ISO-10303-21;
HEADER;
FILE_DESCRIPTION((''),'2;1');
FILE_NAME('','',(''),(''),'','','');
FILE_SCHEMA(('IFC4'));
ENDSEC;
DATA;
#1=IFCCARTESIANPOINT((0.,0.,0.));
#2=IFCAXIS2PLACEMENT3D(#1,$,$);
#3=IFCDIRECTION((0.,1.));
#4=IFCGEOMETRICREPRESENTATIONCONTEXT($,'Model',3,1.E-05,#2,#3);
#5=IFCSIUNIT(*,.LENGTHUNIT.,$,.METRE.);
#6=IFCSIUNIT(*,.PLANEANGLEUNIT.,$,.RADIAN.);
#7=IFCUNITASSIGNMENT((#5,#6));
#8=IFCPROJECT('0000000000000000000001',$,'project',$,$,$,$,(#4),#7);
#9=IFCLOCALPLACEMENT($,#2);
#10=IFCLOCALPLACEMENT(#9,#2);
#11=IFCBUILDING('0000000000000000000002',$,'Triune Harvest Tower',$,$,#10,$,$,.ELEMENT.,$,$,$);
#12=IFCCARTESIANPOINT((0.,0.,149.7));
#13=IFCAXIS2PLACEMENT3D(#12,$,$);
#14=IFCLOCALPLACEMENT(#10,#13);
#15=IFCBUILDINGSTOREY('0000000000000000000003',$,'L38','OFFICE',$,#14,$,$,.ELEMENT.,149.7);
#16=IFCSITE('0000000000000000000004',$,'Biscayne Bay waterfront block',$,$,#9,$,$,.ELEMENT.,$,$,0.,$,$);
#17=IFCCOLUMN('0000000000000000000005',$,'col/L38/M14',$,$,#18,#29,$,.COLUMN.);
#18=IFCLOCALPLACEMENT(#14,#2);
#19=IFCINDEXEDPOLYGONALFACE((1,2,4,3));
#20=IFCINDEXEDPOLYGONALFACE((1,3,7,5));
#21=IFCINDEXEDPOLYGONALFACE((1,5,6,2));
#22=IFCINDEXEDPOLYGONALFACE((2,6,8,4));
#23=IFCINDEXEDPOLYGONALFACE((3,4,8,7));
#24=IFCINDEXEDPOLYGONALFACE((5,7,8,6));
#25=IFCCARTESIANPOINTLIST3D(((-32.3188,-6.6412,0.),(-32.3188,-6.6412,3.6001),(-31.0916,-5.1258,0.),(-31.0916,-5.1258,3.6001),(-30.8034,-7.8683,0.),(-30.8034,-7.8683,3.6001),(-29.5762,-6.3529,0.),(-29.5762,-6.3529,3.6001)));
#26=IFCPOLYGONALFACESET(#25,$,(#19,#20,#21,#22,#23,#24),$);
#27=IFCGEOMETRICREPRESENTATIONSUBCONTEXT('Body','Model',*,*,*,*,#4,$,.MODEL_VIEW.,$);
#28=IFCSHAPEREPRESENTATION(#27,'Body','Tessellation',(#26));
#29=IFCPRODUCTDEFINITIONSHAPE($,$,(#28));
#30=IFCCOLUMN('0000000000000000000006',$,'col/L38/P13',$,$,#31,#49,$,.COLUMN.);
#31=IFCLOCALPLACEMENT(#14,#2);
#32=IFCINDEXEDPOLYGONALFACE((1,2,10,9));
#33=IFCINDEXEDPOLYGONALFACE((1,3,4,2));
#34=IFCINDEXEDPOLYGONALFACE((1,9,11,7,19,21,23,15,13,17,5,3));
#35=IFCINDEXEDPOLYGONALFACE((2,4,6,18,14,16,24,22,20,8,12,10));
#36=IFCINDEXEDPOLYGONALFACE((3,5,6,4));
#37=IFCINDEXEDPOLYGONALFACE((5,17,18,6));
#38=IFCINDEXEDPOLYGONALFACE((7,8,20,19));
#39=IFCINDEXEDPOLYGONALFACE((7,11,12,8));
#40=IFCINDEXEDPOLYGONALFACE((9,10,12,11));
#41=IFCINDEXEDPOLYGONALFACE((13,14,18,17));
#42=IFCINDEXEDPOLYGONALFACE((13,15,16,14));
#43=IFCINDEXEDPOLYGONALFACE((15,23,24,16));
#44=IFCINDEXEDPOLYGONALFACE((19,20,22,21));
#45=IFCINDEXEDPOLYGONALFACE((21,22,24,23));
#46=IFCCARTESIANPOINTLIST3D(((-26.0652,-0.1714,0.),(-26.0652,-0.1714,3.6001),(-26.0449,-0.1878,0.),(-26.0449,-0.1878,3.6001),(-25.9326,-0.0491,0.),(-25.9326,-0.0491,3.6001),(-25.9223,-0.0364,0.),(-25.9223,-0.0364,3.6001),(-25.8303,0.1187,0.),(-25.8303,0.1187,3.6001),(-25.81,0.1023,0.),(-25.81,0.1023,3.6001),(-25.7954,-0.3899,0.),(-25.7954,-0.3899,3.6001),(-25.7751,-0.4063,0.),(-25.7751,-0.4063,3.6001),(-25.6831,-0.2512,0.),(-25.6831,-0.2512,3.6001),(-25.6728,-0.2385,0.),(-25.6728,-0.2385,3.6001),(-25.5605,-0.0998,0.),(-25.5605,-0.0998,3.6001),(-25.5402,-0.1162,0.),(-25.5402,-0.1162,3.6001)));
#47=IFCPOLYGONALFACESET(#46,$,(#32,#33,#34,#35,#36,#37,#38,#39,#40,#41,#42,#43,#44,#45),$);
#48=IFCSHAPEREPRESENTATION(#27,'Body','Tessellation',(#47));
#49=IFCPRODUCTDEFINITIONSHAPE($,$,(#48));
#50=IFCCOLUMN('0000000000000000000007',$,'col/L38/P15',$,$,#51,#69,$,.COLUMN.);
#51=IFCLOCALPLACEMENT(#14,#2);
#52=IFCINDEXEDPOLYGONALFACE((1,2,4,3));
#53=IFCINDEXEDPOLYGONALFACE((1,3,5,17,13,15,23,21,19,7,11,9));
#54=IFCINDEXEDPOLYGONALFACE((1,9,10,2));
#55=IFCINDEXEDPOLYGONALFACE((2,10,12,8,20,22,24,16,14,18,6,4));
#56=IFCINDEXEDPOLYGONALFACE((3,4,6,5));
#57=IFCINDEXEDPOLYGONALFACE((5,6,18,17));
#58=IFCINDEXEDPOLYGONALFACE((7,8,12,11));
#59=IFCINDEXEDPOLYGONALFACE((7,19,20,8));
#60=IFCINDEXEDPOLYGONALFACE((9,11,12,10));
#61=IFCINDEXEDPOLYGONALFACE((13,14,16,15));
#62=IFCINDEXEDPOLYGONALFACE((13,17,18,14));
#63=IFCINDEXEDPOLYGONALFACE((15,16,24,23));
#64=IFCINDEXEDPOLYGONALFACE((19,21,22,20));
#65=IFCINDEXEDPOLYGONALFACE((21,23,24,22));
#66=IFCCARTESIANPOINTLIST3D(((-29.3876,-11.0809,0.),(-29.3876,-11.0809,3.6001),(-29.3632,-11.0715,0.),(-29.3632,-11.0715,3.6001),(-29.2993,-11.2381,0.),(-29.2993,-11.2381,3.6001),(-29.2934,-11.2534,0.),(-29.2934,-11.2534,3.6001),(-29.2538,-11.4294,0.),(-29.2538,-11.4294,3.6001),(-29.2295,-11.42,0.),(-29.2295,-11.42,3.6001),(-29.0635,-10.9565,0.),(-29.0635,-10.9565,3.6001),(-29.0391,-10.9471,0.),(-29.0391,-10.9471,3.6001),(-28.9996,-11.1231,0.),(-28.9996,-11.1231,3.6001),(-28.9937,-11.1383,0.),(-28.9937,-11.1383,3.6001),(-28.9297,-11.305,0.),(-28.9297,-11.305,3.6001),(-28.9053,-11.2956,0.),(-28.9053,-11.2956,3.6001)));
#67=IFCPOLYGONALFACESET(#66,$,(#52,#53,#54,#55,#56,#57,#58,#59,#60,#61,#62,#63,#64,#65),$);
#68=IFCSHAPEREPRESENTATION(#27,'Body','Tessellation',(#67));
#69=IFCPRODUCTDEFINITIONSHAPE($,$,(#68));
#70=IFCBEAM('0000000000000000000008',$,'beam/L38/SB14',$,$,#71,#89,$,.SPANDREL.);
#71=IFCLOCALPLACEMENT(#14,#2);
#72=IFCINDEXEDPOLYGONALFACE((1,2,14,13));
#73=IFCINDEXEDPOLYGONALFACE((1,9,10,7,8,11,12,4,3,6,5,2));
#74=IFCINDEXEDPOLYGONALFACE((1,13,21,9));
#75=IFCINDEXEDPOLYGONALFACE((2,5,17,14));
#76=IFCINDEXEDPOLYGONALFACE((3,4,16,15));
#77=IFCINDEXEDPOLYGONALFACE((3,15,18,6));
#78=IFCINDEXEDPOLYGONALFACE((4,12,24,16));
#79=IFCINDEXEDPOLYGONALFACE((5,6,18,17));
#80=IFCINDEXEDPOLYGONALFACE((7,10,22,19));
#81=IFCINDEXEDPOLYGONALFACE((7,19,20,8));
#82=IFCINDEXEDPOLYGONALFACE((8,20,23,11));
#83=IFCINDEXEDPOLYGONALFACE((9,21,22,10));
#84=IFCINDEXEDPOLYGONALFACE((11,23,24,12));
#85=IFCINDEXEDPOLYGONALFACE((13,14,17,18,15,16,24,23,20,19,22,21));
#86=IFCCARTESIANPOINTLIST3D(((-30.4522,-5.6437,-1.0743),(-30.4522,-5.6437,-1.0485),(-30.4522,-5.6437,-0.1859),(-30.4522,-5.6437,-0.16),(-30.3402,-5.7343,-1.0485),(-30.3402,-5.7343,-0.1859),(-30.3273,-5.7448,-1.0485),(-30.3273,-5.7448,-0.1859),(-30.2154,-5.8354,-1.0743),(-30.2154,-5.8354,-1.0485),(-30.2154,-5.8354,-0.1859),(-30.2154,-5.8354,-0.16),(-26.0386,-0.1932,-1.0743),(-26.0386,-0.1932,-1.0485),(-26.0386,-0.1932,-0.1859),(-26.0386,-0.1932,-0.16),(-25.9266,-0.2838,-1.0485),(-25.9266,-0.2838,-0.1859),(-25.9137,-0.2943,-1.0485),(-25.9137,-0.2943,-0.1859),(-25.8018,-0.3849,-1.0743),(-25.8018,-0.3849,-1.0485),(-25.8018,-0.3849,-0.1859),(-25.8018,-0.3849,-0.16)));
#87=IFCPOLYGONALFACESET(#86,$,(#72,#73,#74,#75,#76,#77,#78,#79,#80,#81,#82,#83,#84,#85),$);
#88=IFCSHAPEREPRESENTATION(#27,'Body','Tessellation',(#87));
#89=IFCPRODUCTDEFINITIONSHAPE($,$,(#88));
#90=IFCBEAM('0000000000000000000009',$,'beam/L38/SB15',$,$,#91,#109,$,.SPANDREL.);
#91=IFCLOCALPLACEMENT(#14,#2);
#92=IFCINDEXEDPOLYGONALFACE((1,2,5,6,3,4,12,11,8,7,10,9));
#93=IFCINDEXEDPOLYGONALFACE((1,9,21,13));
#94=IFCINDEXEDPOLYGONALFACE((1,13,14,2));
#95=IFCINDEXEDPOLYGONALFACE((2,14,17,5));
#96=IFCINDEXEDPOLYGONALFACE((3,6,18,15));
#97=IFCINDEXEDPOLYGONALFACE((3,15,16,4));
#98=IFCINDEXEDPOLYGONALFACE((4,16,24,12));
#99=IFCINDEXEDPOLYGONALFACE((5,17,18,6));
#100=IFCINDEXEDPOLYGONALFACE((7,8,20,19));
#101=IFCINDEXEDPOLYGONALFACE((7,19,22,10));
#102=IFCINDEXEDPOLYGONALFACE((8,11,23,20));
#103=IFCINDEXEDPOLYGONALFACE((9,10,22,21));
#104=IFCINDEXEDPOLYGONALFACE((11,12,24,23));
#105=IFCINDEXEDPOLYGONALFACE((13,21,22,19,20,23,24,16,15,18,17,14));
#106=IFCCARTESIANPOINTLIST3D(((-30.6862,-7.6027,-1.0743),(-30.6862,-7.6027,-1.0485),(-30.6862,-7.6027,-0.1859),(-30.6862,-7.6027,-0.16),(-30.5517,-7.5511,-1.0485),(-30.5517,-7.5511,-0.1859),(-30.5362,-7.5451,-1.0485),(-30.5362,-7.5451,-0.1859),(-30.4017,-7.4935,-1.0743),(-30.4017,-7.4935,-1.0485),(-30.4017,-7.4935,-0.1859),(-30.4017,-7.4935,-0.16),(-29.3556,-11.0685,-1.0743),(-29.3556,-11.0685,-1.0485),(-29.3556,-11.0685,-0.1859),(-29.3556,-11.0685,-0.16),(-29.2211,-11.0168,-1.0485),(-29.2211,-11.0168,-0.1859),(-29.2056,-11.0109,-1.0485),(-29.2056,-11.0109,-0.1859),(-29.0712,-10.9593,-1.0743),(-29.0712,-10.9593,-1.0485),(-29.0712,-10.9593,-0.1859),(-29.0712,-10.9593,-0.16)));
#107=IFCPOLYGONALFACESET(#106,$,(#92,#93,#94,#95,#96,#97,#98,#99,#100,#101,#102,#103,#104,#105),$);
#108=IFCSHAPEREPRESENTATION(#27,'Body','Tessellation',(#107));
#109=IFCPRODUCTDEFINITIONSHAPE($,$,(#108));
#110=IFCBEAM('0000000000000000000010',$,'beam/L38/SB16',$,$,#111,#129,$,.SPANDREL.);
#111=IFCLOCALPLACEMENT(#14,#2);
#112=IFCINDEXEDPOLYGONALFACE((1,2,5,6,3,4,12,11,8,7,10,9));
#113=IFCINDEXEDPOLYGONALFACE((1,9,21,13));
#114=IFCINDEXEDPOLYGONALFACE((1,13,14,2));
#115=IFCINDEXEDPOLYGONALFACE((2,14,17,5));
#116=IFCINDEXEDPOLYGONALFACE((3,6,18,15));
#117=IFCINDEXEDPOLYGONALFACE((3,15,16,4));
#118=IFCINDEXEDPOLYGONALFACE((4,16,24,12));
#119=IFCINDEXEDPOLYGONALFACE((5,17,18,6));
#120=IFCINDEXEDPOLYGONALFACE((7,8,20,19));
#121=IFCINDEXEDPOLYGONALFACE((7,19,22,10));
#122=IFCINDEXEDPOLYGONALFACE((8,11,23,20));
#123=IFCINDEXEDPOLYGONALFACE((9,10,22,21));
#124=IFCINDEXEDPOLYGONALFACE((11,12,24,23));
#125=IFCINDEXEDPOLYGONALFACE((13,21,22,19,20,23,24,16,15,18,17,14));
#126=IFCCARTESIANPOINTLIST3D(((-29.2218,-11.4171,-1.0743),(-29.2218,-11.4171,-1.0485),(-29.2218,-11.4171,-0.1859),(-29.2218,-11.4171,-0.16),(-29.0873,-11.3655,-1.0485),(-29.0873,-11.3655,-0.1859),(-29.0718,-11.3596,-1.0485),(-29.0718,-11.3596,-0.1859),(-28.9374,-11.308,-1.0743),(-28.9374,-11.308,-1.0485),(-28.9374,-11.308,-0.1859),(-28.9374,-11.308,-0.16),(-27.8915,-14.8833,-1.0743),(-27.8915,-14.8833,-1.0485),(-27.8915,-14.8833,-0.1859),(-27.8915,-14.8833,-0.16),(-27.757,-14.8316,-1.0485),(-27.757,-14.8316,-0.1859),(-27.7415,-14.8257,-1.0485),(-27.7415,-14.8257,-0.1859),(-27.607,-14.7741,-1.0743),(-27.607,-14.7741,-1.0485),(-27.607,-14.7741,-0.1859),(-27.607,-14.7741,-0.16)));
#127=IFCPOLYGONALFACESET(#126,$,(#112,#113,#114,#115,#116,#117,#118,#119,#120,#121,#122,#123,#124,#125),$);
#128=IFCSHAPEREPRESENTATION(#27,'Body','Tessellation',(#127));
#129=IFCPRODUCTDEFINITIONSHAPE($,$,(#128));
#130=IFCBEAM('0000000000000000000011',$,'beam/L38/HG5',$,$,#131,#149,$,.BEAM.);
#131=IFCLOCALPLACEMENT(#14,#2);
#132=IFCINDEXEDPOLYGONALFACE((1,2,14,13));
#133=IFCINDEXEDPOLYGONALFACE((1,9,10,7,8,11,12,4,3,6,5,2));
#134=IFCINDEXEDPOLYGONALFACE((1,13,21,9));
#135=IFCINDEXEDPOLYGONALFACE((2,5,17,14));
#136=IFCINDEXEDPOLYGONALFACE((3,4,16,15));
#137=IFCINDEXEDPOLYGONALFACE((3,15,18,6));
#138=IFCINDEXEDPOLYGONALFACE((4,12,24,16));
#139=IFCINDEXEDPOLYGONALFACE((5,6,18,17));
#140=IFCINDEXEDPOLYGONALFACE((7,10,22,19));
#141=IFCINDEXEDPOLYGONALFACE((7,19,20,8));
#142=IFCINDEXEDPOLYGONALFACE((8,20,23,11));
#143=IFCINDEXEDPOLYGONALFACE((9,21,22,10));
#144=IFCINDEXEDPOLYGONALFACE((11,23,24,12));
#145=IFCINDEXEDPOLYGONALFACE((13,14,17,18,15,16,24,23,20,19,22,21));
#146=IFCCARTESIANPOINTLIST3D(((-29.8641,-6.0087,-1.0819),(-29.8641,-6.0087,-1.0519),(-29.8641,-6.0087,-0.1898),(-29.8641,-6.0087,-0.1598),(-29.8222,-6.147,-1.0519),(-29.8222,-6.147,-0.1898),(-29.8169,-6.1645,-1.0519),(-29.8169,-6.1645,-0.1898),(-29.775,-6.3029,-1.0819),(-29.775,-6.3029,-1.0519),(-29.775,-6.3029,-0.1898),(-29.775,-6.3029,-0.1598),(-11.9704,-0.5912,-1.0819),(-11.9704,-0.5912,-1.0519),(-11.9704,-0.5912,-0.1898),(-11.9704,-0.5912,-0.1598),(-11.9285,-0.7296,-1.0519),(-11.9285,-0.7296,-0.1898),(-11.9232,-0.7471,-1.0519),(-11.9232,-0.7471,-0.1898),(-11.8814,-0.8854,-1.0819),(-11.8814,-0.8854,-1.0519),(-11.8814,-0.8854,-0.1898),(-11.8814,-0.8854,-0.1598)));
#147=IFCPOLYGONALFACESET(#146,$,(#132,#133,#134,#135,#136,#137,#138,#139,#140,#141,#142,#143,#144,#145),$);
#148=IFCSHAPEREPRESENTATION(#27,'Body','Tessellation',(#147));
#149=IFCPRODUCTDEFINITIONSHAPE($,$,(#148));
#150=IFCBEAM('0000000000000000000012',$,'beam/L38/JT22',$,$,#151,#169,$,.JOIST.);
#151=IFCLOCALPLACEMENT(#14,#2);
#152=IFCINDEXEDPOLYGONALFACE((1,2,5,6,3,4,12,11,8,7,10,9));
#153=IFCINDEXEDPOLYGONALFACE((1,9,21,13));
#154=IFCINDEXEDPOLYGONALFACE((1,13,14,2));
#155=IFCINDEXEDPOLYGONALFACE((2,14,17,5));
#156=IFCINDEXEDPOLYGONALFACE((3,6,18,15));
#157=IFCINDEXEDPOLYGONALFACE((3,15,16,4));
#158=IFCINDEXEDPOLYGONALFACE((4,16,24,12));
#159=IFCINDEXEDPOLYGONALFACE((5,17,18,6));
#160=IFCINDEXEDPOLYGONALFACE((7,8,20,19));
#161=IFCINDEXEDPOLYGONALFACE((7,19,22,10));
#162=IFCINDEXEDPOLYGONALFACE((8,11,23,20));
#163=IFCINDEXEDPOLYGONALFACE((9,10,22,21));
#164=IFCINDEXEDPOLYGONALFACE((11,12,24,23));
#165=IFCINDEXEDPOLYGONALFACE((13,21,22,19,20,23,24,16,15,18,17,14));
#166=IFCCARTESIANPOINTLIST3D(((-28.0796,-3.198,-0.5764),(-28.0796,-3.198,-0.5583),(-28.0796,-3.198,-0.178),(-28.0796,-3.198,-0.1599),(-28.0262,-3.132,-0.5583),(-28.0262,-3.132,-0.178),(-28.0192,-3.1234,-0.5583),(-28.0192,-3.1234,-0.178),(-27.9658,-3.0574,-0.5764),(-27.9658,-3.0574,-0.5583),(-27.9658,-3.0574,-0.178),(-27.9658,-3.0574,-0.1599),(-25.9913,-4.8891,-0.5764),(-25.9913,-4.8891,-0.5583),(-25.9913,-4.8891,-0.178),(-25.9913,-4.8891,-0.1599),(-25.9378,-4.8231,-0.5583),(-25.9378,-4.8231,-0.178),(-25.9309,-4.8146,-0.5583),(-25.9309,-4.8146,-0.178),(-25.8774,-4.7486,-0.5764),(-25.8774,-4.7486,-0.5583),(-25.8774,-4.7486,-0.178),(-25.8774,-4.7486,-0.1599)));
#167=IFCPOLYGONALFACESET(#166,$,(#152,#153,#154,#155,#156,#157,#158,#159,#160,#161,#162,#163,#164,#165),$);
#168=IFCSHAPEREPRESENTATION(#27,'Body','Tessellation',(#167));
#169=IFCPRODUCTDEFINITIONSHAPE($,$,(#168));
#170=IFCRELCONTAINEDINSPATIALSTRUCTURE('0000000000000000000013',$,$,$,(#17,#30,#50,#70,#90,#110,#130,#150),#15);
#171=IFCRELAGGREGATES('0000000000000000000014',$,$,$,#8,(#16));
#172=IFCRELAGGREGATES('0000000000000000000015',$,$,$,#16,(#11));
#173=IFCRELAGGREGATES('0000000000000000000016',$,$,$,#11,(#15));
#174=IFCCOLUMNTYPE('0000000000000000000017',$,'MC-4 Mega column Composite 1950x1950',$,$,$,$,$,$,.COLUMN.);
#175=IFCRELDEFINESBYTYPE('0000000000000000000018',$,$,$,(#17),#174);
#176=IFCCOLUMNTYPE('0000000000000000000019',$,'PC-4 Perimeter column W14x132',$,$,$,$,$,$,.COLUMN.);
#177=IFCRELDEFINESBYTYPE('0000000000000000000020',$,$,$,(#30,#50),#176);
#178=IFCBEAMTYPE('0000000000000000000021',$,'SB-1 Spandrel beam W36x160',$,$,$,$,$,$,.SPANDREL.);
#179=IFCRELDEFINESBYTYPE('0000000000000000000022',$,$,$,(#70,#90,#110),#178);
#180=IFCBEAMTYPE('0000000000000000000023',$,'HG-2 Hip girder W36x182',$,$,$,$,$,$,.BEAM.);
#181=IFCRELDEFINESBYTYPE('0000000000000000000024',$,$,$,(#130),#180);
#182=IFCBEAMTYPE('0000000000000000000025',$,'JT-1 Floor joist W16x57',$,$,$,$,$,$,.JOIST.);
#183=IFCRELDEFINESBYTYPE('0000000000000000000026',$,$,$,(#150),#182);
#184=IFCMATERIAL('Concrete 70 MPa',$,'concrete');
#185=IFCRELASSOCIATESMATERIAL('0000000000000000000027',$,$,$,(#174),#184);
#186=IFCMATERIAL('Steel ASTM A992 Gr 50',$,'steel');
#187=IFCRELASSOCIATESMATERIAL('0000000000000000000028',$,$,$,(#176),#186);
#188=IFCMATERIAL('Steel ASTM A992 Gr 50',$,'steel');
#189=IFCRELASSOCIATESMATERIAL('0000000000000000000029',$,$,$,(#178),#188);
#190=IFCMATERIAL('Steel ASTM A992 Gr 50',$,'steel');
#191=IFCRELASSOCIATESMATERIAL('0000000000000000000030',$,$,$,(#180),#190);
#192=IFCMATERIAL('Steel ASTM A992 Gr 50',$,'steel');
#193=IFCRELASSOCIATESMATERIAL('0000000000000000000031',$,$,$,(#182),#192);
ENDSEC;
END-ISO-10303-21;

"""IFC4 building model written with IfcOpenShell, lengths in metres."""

from ifc_helpers import new_model, si_unit, direction, frame, origin, origin_2d, place, context, subcontext, project, spatial, rectangle, i_section, extrude, source, transform, mapped, material, material_profile, profile_set, type_object, element, save


model = new_model("IFC4")

# Units and contexts
model_context = context("Model", 3, precision=1e-05, world=origin(), true_north=direction((0.0, 1.0)))
body_context = subcontext(model_context, "Body", "Model", "MODEL_VIEW")
ifc_project = project(units=[si_unit("LENGTHUNIT", "METRE"), si_unit("PLANEANGLEUNIT", "RADIAN")], contexts=[model_context])

# Site, building, storey
site_placement = place(None, origin())
site = spatial("IfcSite", under=ifc_project, at=site_placement, Name="Biscayne Bay waterfront block", CompositionType="ELEMENT", RefElevation=0.0)
building_placement = place(site_placement, origin())
building = spatial("IfcBuilding", under=site, at=building_placement, Name="Triune Harvest Tower", CompositionType="ELEMENT")
storey_placement = place(building_placement, frame((0.0, 0.0, 149.7)))
storey = spatial("IfcBuildingStorey", under=building, at=storey_placement, Name="L38", Description="OFFICE", CompositionType="ELEMENT", Elevation=149.7)

# Columns
ifc_material_1 = material(Name="Concrete 70 MPa", Category="concrete")
ifc_material_profile_1 = material_profile(ifc_material_1, rectangle(XDim=1.95, YDim=1.95, at=origin_2d()), Name="Composite 1950x1950")
ifc_profile_set_1 = profile_set([ifc_material_profile_1], Name="Concrete 70 MPa")
column_type_1 = type_object("IfcColumnType", Name="MC-4 Mega column Composite 1950x1950", PredefinedType="COLUMN", material=ifc_profile_set_1)
shared_shape_1 = source(origin(), body_context, "Body", "SweptSolid", [
    extrude(rectangle(XDim=1.95, YDim=1.95, at=origin_2d()), origin(), (0.0, 0.0, 1.0), 3.6001),
])
column_placement = place(storey_placement, frame((-30.9475, -6.4971, 0.0), z_axis=(0.0, 0.0, 1.0), x_axis=(-0.629322, -0.777145, 0.0)))
element("IfcColumn", 1, at=column_placement, inside=storey, type_object=column_type_1, Name="col/L38/M14", PredefinedType="COLUMN", context=body_context, shape_type="MappedRepresentation", body=[
    mapped(shared_shape_1, transform((0.0, 0.0, 0.0), scale=1.0)),
])
ifc_material_2 = material(Name="Steel ASTM A992 Gr 50", Category="steel")
ifc_material_profile_2 = material_profile(ifc_material_2, i_section(OverallWidth=0.3733, OverallDepth=0.3733, WebThickness=0.0164, FlangeThickness=0.0261, at=origin_2d()), Name="W14x132")
ifc_profile_set_2 = profile_set([ifc_material_profile_2], Name="Steel ASTM A992 Gr 50")
column_type_2 = type_object("IfcColumnType", Name="PC-4 Perimeter column W14x132", PredefinedType="COLUMN", material=ifc_profile_set_2)
shared_shape_2 = source(origin(), body_context, "Body", "SweptSolid", [
    extrude(i_section(OverallWidth=0.3733, OverallDepth=0.3733, WebThickness=0.0164, FlangeThickness=0.0261, at=origin_2d()), origin(), (0.0, 0.0, 1.0), 3.6001),
])
for number, where, z_axis, x_axis, name in (
    (2, (-25.8027, -0.1438, 0.0), (0.0, 0.0, 1.0), (-0.629322, -0.777145, 0.0), "col/L38/P13"),
    (3, (-29.1465, -11.1882, 0.0), (0.0, 0.0, 1.0), (0.358366, -0.933581, 0.0), "col/L38/P15"),
):
    element("IfcColumn", number, at=place(storey_placement, frame(where, z_axis=z_axis, x_axis=x_axis)), inside=storey, type_object=column_type_2, Name=name, PredefinedType="COLUMN", context=body_context, shape_type="MappedRepresentation", body=[
        mapped(shared_shape_2, transform((0.0, 0.0, 0.0), scale=1.0)),
    ])

# Beams
ifc_material_3 = material(Name="Steel ASTM A992 Gr 50", Category="steel")
ifc_material_profile_3 = material_profile(ifc_material_3, i_section(OverallWidth=0.3047, OverallDepth=0.9143, WebThickness=0.0166, FlangeThickness=0.0259, at=origin_2d()), Name="W36x160")
ifc_profile_set_3 = profile_set([ifc_material_profile_3], Name="Steel ASTM A992 Gr 50")
beam_type_1 = type_object("IfcBeamType", Name="SB-1 Spandrel beam W36x160", PredefinedType="SPANDREL", material=ifc_profile_set_3)
shared_shape_3 = source(origin(), body_context, "Body", "SweptSolid", [
    extrude(i_section(OverallWidth=0.3047, OverallDepth=0.9143, WebThickness=0.0166, FlangeThickness=0.0259, at=origin_2d()), origin(), (0.0, 0.0, 1.0), 7.0134),
])
beam_1_placement = place(storey_placement, frame((-25.9202, -0.2891, -0.6172), z_axis=(-0.629311, -0.777153, 0.0), x_axis=(0.777153, -0.629311, 0.0)))
element("IfcBeam", 4, at=beam_1_placement, inside=storey, type_object=beam_type_1, Name="beam/L38/SB14", PredefinedType="SPANDREL", context=body_context, shape_type="MappedRepresentation", body=[
    mapped(shared_shape_3, transform((0.0, 0.0, 0.0), scale=1.0)),
])
shared_shape_4 = source(origin(), body_context, "Body", "SweptSolid", [
    extrude(i_section(OverallWidth=0.3047, OverallDepth=0.9143, WebThickness=0.0166, FlangeThickness=0.0259, at=origin_2d()), origin(), (0.0, 0.0, 1.0), 3.7124),
])
beam_2_placement = place(storey_placement, frame((-30.5439, -7.5481, -0.6172), z_axis=(0.358406, -0.933566, 0.0), x_axis=(0.933566, 0.358406, 0.0)))
element("IfcBeam", 5, at=beam_2_placement, inside=storey, type_object=beam_type_1, Name="beam/L38/SB15", PredefinedType="SPANDREL", context=body_context, shape_type="MappedRepresentation", body=[
    mapped(shared_shape_4, transform((0.0, 0.0, 0.0), scale=1.0)),
])
shared_shape_5 = source(origin(), body_context, "Body", "SweptSolid", [
    extrude(i_section(OverallWidth=0.3047, OverallDepth=0.9143, WebThickness=0.0166, FlangeThickness=0.0259, at=origin_2d()), origin(), (0.0, 0.0, 1.0), 3.7126),
])
beam_3_placement = place(storey_placement, frame((-29.0796, -11.3625, -0.6172), z_axis=(0.358327, -0.933596, 0.0), x_axis=(0.933596, 0.358327, 0.0)))
element("IfcBeam", 6, at=beam_3_placement, inside=storey, type_object=beam_type_1, Name="beam/L38/SB16", PredefinedType="SPANDREL", context=body_context, shape_type="MappedRepresentation", body=[
    mapped(shared_shape_5, transform((0.0, 0.0, 0.0), scale=1.0)),
])
ifc_material_4 = material(Name="Steel ASTM A992 Gr 50", Category="steel")
ifc_material_profile_4 = material_profile(ifc_material_4, i_section(OverallWidth=0.3074, OverallDepth=0.9221, WebThickness=0.0183, FlangeThickness=0.03, at=origin_2d()), Name="W36x182")
ifc_profile_set_4 = profile_set([ifc_material_profile_4], Name="Steel ASTM A992 Gr 50")
beam_type_2 = type_object("IfcBeamType", Name="HG-2 Hip girder W36x182", PredefinedType="BEAM", material=ifc_profile_set_4)
shared_shape_6 = source(origin(), body_context, "Body", "SweptSolid", [
    extrude(i_section(OverallWidth=0.3074, OverallDepth=0.9221, WebThickness=0.0183, FlangeThickness=0.03, at=origin_2d()), origin(), (0.0, 0.0, 1.0), 18.6958),
])
beam_4_placement = place(storey_placement, frame((-29.8196, -6.1558, -0.6208), z_axis=(0.957097, 0.289768, 0.0), x_axis=(-0.289768, 0.957097, 0.0)))
element("IfcBeam", 7, at=beam_4_placement, inside=storey, type_object=beam_type_2, Name="beam/L38/HG5", PredefinedType="BEAM", context=body_context, shape_type="MappedRepresentation", body=[
    mapped(shared_shape_6, transform((0.0, 0.0, 0.0), scale=1.0)),
])
ifc_material_5 = material(Name="Steel ASTM A992 Gr 50", Category="steel")
ifc_material_profile_5 = material_profile(ifc_material_5, i_section(OverallWidth=0.1809, OverallDepth=0.4165, WebThickness=0.011, FlangeThickness=0.0181, at=origin_2d()), Name="W16x57")
ifc_profile_set_5 = profile_set([ifc_material_profile_5], Name="Steel ASTM A992 Gr 50")
beam_type_3 = type_object("IfcBeamType", Name="JT-1 Floor joist W16x57", PredefinedType="JOIST", material=ifc_profile_set_5)
shared_shape_7 = source(origin(), body_context, "Body", "SweptSolid", [
    extrude(i_section(OverallWidth=0.1809, OverallDepth=0.4165, WebThickness=0.011, FlangeThickness=0.0181, at=origin_2d()), origin(), (0.0, 0.0, 1.0), 2.6873),
])
beam_5_placement = place(storey_placement, frame((-28.0227, -3.1277, -0.3682), z_axis=(0.777141, -0.629326, 0.0), x_axis=(0.629326, 0.777141, 0.0)))
element("IfcBeam", 8, at=beam_5_placement, inside=storey, type_object=beam_type_3, Name="beam/L38/JT22", PredefinedType="JOIST", context=body_context, shape_type="MappedRepresentation", body=[
    mapped(shared_shape_7, transform((0.0, 0.0, 0.0), scale=1.0)),
])

save(model, "model.ifc")
